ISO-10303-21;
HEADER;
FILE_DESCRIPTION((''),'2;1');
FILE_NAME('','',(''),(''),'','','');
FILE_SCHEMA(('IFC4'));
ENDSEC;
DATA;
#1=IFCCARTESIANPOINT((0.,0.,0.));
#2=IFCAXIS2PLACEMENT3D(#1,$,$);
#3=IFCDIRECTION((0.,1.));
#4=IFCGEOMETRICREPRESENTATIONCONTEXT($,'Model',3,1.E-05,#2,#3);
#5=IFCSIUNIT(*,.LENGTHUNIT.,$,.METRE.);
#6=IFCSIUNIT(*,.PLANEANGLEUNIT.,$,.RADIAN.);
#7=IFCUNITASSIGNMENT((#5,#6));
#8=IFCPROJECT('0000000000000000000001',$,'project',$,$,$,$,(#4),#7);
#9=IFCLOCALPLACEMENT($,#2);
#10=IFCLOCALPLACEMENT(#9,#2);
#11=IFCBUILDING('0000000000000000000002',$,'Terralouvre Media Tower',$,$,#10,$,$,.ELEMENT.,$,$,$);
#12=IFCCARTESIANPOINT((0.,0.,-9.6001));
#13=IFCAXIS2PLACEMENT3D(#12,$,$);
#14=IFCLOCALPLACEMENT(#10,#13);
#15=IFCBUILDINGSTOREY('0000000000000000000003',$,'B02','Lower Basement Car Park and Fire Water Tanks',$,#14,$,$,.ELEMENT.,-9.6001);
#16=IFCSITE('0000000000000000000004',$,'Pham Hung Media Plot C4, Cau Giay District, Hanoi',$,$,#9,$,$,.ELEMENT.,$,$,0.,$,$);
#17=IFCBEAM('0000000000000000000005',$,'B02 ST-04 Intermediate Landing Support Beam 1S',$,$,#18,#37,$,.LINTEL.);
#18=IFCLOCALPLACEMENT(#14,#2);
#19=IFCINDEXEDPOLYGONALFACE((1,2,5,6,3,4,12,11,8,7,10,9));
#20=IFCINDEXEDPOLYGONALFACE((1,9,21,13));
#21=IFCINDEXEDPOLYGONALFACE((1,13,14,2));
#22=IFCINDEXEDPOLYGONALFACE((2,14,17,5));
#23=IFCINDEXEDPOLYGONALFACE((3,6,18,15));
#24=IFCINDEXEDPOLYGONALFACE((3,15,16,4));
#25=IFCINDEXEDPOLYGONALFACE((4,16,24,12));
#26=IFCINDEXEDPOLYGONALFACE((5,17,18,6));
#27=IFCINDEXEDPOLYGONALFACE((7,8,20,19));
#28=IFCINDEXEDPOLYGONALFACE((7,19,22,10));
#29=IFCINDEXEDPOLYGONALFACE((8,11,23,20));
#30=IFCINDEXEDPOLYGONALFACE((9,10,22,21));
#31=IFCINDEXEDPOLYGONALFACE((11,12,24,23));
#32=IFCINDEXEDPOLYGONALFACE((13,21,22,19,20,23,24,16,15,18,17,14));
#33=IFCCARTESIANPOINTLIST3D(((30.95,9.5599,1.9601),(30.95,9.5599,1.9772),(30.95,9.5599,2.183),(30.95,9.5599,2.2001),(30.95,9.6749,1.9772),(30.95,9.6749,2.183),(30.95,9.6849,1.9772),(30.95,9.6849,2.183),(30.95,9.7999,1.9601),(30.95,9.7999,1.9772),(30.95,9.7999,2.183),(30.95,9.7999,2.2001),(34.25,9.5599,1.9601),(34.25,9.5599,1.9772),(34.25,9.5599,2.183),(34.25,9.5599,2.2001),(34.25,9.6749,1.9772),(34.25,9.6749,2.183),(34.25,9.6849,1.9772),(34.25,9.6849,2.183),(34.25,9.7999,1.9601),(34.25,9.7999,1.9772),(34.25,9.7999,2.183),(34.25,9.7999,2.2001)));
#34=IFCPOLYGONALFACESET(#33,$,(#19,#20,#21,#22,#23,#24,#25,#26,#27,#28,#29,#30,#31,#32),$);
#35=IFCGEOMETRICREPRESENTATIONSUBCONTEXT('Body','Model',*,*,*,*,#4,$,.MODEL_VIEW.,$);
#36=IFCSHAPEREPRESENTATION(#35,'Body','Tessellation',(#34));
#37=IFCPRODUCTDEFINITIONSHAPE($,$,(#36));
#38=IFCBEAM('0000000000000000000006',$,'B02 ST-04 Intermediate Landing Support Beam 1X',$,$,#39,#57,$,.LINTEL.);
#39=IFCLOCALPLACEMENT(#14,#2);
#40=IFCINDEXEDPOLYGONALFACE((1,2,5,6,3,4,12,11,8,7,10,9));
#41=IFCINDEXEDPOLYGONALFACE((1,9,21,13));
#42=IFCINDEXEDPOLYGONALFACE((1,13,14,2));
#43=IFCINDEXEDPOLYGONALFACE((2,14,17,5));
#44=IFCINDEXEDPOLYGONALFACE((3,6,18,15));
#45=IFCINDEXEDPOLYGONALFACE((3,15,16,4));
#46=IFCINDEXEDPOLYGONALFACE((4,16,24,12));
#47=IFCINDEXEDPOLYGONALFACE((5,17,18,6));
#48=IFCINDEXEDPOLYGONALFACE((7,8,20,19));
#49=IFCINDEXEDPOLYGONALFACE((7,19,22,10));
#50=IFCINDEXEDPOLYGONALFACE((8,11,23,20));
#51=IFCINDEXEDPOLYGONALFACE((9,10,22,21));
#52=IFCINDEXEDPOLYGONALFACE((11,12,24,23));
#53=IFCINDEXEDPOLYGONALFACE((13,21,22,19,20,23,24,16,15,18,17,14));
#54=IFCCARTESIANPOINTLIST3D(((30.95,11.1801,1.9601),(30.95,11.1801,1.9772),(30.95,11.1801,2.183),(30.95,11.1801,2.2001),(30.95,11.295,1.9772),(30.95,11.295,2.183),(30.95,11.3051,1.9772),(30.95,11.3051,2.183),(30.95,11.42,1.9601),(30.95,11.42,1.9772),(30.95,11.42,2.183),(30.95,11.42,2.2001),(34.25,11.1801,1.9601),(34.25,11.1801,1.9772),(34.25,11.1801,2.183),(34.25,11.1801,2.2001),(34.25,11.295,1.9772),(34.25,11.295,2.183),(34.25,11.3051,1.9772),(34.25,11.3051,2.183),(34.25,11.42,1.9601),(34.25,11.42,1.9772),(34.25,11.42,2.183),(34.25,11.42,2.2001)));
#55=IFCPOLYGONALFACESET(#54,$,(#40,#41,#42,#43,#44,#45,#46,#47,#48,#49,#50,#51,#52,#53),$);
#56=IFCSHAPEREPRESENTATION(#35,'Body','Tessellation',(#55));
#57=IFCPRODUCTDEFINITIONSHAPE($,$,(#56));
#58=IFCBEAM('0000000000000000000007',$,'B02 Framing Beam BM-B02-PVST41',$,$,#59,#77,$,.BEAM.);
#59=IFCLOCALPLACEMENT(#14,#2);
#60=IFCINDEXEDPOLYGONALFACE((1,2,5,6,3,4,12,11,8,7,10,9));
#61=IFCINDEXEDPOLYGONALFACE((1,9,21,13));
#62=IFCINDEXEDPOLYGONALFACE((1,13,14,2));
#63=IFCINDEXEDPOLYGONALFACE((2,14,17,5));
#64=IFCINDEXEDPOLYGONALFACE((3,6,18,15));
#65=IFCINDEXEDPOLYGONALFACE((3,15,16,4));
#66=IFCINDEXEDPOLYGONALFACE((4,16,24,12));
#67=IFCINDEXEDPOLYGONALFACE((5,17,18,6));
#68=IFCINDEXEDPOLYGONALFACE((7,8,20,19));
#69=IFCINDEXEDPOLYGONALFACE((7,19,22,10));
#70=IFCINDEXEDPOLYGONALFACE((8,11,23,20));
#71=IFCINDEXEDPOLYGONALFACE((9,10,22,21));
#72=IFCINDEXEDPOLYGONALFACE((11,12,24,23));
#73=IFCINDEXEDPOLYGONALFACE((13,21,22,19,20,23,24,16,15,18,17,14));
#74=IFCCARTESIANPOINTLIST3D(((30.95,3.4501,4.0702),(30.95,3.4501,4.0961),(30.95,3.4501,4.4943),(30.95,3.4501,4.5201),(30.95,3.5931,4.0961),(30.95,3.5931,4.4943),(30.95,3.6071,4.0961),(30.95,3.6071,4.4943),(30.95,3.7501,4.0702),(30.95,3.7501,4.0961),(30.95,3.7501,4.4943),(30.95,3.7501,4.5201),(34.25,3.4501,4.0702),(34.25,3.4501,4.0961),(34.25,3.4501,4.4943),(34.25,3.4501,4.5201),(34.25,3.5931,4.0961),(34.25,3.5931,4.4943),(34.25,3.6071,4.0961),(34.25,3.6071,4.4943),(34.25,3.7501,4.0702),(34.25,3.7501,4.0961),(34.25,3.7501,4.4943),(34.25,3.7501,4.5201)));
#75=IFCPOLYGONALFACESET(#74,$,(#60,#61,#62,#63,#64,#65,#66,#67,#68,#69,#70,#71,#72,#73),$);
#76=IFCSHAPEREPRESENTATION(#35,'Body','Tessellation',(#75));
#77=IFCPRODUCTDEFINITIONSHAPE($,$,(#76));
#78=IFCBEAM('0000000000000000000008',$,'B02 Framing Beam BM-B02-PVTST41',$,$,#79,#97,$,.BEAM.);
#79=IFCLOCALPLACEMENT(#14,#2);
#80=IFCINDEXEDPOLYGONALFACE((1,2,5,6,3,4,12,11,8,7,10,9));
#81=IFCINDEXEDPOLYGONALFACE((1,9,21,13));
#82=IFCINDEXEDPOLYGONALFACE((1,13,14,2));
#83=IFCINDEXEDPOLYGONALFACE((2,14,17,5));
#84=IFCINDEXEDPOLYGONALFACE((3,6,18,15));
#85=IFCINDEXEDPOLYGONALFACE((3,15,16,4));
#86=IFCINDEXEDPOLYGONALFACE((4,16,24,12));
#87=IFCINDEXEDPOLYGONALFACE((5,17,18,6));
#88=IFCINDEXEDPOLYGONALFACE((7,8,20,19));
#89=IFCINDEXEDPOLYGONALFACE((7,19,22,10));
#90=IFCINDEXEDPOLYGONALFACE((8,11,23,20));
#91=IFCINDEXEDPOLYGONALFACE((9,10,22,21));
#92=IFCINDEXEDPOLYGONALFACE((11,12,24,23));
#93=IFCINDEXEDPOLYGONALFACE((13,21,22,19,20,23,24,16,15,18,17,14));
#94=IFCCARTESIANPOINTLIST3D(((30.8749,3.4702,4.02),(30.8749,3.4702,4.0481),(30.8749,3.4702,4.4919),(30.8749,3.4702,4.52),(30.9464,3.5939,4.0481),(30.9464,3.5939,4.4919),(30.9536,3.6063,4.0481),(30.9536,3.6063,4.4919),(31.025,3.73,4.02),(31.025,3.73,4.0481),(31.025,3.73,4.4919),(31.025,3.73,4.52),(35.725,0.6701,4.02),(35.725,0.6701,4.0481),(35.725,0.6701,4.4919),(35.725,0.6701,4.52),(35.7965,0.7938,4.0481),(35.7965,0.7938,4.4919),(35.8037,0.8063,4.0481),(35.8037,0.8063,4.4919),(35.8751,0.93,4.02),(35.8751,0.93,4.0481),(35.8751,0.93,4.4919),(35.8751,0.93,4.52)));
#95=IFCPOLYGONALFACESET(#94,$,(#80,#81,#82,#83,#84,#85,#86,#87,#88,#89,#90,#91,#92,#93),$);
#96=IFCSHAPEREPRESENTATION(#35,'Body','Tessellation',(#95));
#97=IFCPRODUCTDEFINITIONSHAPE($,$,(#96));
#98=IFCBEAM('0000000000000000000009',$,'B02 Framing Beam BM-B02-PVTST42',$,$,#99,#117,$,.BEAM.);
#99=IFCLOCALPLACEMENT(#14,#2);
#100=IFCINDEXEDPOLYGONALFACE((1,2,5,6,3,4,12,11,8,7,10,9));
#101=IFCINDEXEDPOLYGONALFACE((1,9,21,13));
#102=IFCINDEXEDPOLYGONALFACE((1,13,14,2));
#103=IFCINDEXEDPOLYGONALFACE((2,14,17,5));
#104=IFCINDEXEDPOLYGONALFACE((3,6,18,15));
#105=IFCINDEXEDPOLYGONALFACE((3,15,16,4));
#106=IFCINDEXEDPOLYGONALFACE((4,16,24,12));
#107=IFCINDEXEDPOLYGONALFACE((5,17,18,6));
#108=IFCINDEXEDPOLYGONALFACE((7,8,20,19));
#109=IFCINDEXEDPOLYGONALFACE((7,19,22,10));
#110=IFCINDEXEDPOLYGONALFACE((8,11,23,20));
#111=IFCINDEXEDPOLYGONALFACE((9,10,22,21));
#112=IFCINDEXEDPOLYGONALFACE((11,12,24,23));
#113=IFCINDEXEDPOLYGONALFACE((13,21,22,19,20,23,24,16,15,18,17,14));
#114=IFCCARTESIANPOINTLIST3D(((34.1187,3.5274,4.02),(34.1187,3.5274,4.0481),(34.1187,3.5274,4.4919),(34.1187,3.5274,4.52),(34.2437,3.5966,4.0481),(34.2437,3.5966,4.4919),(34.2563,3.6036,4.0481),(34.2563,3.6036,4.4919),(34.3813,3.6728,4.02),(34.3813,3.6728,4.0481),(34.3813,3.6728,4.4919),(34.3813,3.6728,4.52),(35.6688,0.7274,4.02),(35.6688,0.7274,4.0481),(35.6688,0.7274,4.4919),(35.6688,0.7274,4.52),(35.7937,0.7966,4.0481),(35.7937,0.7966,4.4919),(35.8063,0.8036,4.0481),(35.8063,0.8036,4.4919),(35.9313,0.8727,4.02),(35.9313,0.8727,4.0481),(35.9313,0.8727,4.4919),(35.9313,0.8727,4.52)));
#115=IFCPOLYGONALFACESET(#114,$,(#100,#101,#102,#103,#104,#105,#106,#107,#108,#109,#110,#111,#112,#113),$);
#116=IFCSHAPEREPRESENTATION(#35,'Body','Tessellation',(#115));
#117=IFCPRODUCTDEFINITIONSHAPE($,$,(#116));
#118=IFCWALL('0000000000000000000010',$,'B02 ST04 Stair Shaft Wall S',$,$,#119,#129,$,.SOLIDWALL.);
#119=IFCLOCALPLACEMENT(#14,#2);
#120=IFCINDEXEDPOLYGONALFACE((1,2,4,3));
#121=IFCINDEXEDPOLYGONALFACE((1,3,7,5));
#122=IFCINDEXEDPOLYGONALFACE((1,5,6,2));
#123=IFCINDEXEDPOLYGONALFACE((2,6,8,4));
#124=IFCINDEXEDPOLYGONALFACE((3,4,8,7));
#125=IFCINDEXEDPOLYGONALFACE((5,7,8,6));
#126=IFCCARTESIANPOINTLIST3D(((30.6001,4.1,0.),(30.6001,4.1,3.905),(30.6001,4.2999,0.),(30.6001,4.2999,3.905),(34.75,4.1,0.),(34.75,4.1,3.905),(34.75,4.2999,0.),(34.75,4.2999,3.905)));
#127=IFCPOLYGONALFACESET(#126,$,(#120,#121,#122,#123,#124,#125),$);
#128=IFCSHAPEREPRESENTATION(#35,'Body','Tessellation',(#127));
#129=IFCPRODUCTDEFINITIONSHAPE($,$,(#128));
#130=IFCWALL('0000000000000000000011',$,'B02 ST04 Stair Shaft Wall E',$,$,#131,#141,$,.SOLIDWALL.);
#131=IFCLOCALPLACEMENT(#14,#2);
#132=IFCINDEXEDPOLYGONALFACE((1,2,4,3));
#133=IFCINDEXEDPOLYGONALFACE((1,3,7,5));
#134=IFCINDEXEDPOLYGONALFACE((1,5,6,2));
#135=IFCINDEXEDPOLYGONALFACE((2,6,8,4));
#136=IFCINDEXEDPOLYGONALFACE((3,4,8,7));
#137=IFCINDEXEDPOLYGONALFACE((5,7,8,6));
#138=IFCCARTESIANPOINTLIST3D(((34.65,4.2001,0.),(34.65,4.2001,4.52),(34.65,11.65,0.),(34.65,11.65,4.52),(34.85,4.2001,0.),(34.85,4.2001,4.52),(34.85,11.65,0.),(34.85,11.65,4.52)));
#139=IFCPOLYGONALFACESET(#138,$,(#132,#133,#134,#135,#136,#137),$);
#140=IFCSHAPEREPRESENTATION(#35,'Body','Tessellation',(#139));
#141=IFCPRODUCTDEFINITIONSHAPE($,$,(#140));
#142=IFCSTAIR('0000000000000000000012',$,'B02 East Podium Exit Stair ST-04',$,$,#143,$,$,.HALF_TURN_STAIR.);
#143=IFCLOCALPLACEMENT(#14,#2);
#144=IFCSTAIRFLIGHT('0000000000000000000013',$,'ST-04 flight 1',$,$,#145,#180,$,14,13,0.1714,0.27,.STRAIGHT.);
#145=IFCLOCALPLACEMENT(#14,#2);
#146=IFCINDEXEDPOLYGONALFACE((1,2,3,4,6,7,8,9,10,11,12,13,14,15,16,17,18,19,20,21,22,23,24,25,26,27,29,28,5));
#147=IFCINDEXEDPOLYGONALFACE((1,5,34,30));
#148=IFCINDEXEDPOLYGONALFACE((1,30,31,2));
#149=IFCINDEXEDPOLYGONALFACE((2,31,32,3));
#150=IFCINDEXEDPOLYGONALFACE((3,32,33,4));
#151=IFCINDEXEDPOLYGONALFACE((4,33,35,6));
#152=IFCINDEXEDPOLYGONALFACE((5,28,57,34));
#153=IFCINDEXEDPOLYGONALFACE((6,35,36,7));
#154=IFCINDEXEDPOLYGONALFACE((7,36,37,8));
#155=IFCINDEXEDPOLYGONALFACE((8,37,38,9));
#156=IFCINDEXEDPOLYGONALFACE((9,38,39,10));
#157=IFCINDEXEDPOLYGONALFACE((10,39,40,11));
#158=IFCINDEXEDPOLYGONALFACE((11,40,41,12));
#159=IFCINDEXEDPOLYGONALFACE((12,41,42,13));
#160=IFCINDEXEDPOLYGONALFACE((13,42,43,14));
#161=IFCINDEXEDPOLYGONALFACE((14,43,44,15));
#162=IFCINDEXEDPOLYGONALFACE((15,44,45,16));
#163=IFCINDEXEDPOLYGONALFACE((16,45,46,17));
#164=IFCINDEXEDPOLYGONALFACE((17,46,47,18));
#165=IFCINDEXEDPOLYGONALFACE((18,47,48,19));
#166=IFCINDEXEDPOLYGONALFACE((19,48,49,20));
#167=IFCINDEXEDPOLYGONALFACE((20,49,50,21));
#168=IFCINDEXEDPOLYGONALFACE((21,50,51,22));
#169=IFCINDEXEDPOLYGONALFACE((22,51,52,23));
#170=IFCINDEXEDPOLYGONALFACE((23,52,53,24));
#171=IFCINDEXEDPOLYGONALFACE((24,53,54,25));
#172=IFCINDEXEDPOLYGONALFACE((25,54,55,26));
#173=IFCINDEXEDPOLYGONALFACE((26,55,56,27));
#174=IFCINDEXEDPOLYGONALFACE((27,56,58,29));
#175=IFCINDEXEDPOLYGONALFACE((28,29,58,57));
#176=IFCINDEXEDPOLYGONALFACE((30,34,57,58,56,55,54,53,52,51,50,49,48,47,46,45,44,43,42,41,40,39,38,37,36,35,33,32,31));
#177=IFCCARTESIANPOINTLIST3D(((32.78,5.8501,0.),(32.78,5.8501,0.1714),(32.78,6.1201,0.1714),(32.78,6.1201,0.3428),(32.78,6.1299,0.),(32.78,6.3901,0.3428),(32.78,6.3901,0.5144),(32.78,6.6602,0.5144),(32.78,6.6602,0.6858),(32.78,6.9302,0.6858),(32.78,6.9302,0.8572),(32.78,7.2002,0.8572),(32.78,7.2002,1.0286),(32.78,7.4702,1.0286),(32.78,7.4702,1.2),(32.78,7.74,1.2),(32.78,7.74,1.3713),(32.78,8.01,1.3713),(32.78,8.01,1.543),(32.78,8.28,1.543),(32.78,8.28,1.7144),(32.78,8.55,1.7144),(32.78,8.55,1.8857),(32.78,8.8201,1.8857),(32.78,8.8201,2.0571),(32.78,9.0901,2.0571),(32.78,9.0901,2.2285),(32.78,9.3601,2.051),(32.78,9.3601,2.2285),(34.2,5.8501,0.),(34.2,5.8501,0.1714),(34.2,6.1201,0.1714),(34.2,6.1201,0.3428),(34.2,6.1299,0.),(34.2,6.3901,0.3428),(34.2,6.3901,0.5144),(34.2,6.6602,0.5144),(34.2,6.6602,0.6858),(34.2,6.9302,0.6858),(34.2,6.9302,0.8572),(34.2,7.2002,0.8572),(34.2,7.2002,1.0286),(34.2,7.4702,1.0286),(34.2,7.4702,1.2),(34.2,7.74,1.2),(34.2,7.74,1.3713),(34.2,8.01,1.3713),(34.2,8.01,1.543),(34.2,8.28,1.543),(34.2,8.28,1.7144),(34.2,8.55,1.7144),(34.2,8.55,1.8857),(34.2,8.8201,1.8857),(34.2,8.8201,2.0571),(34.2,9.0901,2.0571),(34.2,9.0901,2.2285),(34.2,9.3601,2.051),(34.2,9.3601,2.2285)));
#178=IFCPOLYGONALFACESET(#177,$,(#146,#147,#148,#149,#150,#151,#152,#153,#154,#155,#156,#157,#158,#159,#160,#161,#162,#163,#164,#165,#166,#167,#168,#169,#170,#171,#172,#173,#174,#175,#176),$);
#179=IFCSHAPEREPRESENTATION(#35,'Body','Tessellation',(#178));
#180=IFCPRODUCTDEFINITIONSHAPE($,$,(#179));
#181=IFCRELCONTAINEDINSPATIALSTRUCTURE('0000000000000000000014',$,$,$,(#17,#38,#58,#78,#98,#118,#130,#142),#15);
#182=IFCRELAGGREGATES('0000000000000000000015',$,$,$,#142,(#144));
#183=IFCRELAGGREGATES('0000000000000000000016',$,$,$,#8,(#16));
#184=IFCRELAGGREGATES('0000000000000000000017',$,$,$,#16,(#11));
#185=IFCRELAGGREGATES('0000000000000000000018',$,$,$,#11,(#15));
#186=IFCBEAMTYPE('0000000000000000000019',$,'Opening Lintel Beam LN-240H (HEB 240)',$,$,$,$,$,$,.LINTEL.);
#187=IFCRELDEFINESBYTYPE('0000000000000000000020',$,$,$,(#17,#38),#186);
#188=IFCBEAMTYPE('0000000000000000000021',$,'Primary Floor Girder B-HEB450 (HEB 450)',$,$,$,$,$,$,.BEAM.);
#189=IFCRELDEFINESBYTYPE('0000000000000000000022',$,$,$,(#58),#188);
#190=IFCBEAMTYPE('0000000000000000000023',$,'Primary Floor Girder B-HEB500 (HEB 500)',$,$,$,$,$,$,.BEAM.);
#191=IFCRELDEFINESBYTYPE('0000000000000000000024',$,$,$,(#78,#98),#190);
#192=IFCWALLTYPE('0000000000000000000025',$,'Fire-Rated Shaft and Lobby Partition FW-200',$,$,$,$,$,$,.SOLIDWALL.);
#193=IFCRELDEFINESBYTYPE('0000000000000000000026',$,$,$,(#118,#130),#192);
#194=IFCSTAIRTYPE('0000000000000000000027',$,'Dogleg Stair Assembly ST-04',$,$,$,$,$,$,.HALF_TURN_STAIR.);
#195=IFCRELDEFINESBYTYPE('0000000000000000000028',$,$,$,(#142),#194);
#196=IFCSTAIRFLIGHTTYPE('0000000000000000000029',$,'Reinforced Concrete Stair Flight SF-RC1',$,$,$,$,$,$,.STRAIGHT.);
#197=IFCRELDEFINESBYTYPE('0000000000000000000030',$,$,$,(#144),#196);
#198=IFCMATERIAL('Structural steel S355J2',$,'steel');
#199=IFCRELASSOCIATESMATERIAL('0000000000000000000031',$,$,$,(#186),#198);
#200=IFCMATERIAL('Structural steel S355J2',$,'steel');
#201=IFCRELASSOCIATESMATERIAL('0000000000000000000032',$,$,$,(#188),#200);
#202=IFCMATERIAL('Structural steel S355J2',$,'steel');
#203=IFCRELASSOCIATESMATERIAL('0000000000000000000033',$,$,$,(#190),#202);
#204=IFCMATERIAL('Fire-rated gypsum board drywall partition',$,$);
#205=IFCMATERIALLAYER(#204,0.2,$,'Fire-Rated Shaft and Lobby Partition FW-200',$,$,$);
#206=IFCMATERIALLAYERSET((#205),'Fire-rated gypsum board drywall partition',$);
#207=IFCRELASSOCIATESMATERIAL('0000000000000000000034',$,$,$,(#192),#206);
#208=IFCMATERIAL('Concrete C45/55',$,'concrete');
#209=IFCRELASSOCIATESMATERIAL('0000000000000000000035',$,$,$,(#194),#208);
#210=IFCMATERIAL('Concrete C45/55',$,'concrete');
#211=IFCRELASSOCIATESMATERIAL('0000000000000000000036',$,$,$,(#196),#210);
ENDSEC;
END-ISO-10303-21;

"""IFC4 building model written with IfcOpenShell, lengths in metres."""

from ifc_helpers import new_model, si_unit, direction, frame, frame_2d, origin, origin_2d, place, context, subcontext, project, spatial, polyline, rectangle, i_section, outline, extrude, material, layer, layer_set, material_profile, profile_set, type_object, element, aggregate, save


model = new_model("IFC4")

# Units and contexts
model_context = context("Model", 3, precision=1e-05, world=origin(), true_north=direction((0.0, 1.0)))
body_context = subcontext(model_context, "Body", "Model", "MODEL_VIEW")
ifc_project = project(units=[si_unit("LENGTHUNIT", "METRE"), si_unit("PLANEANGLEUNIT", "RADIAN")], contexts=[model_context])

# Site, building, storey
site_placement = place(None, origin())
site = spatial("IfcSite", under=ifc_project, at=site_placement, Name="Pham Hung Media Plot C4, Cau Giay District, Hanoi", CompositionType="ELEMENT", RefElevation=0.0)
building_placement = place(site_placement, origin())
building = spatial("IfcBuilding", under=site, at=building_placement, Name="Terralouvre Media Tower", CompositionType="ELEMENT")
storey_placement = place(building_placement, frame((0.0, 0.0, -9.6001)))
storey = spatial("IfcBuildingStorey", under=building, at=storey_placement, Name="B02", Description="Lower Basement Car Park and Fire Water Tanks", CompositionType="ELEMENT", Elevation=-9.6001)

# Beams
ifc_material_1 = material(Name="Structural steel S355J2", Category="steel")
ifc_material_profile_1 = material_profile(ifc_material_1, i_section(OverallWidth=0.24, OverallDepth=0.24, WebThickness=0.01, FlangeThickness=0.0171, at=origin_2d()), Name="HEB 240")
ifc_profile_set_1 = profile_set([ifc_material_profile_1], Name="Structural steel S355J2")
beam_type_1 = type_object("IfcBeamType", Name="Opening Lintel Beam LN-240H (HEB 240)", PredefinedType="LINTEL", material=ifc_profile_set_1)
for number, where, z_axis, x_axis, name in (
    (1, (30.95, 9.6799, 2.0801), (1.0, 0.0, 0.0), (0.0, 1.0, 0.0), "B02 ST-04 Intermediate Landing Support Beam 1S"),
    (2, (30.95, 11.3, 2.0801), (1.0, 0.0, 0.0), (0.0, 1.0, 0.0), "B02 ST-04 Intermediate Landing Support Beam 1X"),
):
    element("IfcBeam", number, at=place(storey_placement, frame(where, z_axis=z_axis, x_axis=x_axis)), inside=storey, type_object=beam_type_1, Name=name, PredefinedType="LINTEL", context=body_context, shape_type="SweptSolid", body=[
        extrude(i_section(OverallWidth=0.24, OverallDepth=0.24, WebThickness=0.01, FlangeThickness=0.0171, at=origin_2d()), origin(), (0.0, 0.0, 1.0), 3.3),
    ])
ifc_material_2 = material(Name="Structural steel S355J2", Category="steel")
ifc_material_profile_2 = material_profile(ifc_material_2, i_section(OverallWidth=0.3, OverallDepth=0.45, WebThickness=0.0139, FlangeThickness=0.0259, at=origin_2d()), Name="HEB 450")
ifc_profile_set_2 = profile_set([ifc_material_profile_2], Name="Structural steel S355J2")
beam_type_2 = type_object("IfcBeamType", Name="Primary Floor Girder B-HEB450 (HEB 450)", PredefinedType="BEAM", material=ifc_profile_set_2)
beam_1_placement = place(storey_placement, frame((30.95, 3.6001, 4.2952), z_axis=(1.0, 0.0, 0.0), x_axis=(0.0, 1.0, 0.0)))
element("IfcBeam", 3, at=beam_1_placement, inside=storey, type_object=beam_type_2, Name="B02 Framing Beam BM-B02-PVST41", PredefinedType="BEAM", context=body_context, shape_type="SweptSolid", body=[
    extrude(i_section(OverallWidth=0.3, OverallDepth=0.45, WebThickness=0.0139, FlangeThickness=0.0259, at=origin_2d()), origin(), (0.0, 0.0, 1.0), 3.3),
])
ifc_material_3 = material(Name="Structural steel S355J2", Category="steel")
ifc_material_profile_3 = material_profile(ifc_material_3, i_section(OverallWidth=0.3, OverallDepth=0.5, WebThickness=0.0144, FlangeThickness=0.0281, at=origin_2d()), Name="HEB 500")
ifc_profile_set_3 = profile_set([ifc_material_profile_3], Name="Structural steel S355J2")
beam_type_3 = type_object("IfcBeamType", Name="Primary Floor Girder B-HEB500 (HEB 500)", PredefinedType="BEAM", material=ifc_profile_set_3)
beam_2_placement = place(storey_placement, frame((30.95, 3.6001, 4.27), z_axis=(0.866037, -0.499979, 0.0), x_axis=(0.499979, 0.866037, 0.0)))
element("IfcBeam", 4, at=beam_2_placement, inside=storey, type_object=beam_type_3, Name="B02 Framing Beam BM-B02-PVTST41", PredefinedType="BEAM", context=body_context, shape_type="SweptSolid", body=[
    extrude(i_section(OverallWidth=0.3, OverallDepth=0.5, WebThickness=0.0144, FlangeThickness=0.0281, at=origin_2d()), origin(), (0.0, 0.0, 1.0), 5.6003),
])
beam_3_placement = place(storey_placement, frame((34.25, 3.6001, 4.27), z_axis=(0.484321, -0.87489, 0.0), x_axis=(0.87489, 0.484321, 0.0)))
element("IfcBeam", 5, at=beam_3_placement, inside=storey, type_object=beam_type_3, Name="B02 Framing Beam BM-B02-PVTST42", PredefinedType="BEAM", context=body_context, shape_type="SweptSolid", body=[
    extrude(i_section(OverallWidth=0.3, OverallDepth=0.5, WebThickness=0.0144, FlangeThickness=0.0281, at=origin_2d()), origin(), (0.0, 0.0, 1.0), 3.2004),
])

# Walls
ifc_material_4 = material(Name="Fire-rated gypsum board drywall partition")
ifc_layer_1 = layer(ifc_material_4, 0.2, Name="Fire-Rated Shaft and Lobby Partition FW-200")
ifc_layer_set_1 = layer_set([ifc_layer_1], Name="Fire-rated gypsum board drywall partition")
wall_type = type_object("IfcWallType", Name="Fire-Rated Shaft and Lobby Partition FW-200", PredefinedType="SOLIDWALL", material=ifc_layer_set_1)
wall_1_placement = place(storey_placement, frame((30.6001, 4.2, 0.0), z_axis=(0.0, 0.0, 1.0), x_axis=(1.0, 0.0, 0.0)))
element("IfcWall", 6, at=wall_1_placement, inside=storey, type_object=wall_type, Name="B02 ST04 Stair Shaft Wall S", PredefinedType="SOLIDWALL", context=body_context, shape_type="SweptSolid", body=[
    extrude(rectangle(XDim=4.1499, YDim=0.2, at=frame_2d((2.075, 0.0))), origin(), (0.0, 0.0, 1.0), 3.905),
])
wall_2_placement = place(storey_placement, frame((34.75, 4.2, 0.0), z_axis=(0.0, 0.0, 1.0), x_axis=(0.0, 1.0, 0.0)))
element("IfcWall", 7, at=wall_2_placement, inside=storey, type_object=wall_type, Name="B02 ST04 Stair Shaft Wall E", PredefinedType="SOLIDWALL", context=body_context, shape_type="SweptSolid", body=[
    extrude(rectangle(XDim=7.45, YDim=0.2, at=frame_2d((3.7251, 0.0))), origin(), (0.0, 0.0, 1.0), 4.52),
])

# Stair, stair flight
ifc_material_5 = material(Name="Concrete C45/55", Category="concrete")
stair_type = type_object("IfcStairType", Name="Dogleg Stair Assembly ST-04", PredefinedType="HALF_TURN_STAIR", material=ifc_material_5)
stair_placement = place(storey_placement, origin())
stair = element("IfcStair", 8, at=stair_placement, inside=storey, type_object=stair_type, Name="B02 East Podium Exit Stair ST-04", PredefinedType="HALF_TURN_STAIR")
ifc_material_6 = material(Name="Concrete C45/55", Category="concrete")
stair_flight_type = type_object("IfcStairFlightType", Name="Reinforced Concrete Stair Flight SF-RC1", PredefinedType="STRAIGHT", material=ifc_material_6)
stair_flight_1_placement = place(storey_placement, frame((33.49, 5.8501, 0.0), z_axis=(0.0, 0.0, 1.0), x_axis=(0.0, 1.0, 0.0)))
stair_flight_1 = element("IfcStairFlight", 9, at=stair_flight_1_placement, type_object=stair_flight_type, Name="ST-04 flight 1", NumberOfRisers=14, NumberOfTreads=13, PredefinedType="STRAIGHT", RiserHeight=0.1714, TreadLength=0.27, context=body_context, shape_type="SweptSolid", body=[
    extrude(outline(polyline([(0.0, 0.0), (0.0, 0.1714), (0.27, 0.1714), (0.27, 0.3428), (0.54, 0.3428), (0.54, 0.5144), (0.8101, 0.5144), (0.8101, 0.6858), (1.0801, 0.6858), (1.0801, 0.8572), (1.3501, 0.8572), (1.3501, 1.0286), (1.6201, 1.0286), (1.6201, 1.2), (1.8899, 1.2), (1.8899, 1.3713), (2.1599, 1.3713), (2.1599, 1.543), (2.4299, 1.543), (2.4299, 1.7144), (2.7, 1.7144), (2.7, 1.8857), (2.97, 1.8857), (2.97, 2.0571), (3.24, 2.0571), (3.24, 2.2285), (3.51, 2.2285), (3.51, 2.3999), (3.51, 2.051), (0.2798, 0.0), (0.0, 0.0)])), frame((0.0, 0.71, 0.0), z_axis=(0.0, -1.0, 0.0), x_axis=(1.0, 0.0, 0.0)), (0.0, 0.0, 1.0), 1.4199),
])
aggregate(stair, [stair_flight_1])

save(model, "model.ifc")
